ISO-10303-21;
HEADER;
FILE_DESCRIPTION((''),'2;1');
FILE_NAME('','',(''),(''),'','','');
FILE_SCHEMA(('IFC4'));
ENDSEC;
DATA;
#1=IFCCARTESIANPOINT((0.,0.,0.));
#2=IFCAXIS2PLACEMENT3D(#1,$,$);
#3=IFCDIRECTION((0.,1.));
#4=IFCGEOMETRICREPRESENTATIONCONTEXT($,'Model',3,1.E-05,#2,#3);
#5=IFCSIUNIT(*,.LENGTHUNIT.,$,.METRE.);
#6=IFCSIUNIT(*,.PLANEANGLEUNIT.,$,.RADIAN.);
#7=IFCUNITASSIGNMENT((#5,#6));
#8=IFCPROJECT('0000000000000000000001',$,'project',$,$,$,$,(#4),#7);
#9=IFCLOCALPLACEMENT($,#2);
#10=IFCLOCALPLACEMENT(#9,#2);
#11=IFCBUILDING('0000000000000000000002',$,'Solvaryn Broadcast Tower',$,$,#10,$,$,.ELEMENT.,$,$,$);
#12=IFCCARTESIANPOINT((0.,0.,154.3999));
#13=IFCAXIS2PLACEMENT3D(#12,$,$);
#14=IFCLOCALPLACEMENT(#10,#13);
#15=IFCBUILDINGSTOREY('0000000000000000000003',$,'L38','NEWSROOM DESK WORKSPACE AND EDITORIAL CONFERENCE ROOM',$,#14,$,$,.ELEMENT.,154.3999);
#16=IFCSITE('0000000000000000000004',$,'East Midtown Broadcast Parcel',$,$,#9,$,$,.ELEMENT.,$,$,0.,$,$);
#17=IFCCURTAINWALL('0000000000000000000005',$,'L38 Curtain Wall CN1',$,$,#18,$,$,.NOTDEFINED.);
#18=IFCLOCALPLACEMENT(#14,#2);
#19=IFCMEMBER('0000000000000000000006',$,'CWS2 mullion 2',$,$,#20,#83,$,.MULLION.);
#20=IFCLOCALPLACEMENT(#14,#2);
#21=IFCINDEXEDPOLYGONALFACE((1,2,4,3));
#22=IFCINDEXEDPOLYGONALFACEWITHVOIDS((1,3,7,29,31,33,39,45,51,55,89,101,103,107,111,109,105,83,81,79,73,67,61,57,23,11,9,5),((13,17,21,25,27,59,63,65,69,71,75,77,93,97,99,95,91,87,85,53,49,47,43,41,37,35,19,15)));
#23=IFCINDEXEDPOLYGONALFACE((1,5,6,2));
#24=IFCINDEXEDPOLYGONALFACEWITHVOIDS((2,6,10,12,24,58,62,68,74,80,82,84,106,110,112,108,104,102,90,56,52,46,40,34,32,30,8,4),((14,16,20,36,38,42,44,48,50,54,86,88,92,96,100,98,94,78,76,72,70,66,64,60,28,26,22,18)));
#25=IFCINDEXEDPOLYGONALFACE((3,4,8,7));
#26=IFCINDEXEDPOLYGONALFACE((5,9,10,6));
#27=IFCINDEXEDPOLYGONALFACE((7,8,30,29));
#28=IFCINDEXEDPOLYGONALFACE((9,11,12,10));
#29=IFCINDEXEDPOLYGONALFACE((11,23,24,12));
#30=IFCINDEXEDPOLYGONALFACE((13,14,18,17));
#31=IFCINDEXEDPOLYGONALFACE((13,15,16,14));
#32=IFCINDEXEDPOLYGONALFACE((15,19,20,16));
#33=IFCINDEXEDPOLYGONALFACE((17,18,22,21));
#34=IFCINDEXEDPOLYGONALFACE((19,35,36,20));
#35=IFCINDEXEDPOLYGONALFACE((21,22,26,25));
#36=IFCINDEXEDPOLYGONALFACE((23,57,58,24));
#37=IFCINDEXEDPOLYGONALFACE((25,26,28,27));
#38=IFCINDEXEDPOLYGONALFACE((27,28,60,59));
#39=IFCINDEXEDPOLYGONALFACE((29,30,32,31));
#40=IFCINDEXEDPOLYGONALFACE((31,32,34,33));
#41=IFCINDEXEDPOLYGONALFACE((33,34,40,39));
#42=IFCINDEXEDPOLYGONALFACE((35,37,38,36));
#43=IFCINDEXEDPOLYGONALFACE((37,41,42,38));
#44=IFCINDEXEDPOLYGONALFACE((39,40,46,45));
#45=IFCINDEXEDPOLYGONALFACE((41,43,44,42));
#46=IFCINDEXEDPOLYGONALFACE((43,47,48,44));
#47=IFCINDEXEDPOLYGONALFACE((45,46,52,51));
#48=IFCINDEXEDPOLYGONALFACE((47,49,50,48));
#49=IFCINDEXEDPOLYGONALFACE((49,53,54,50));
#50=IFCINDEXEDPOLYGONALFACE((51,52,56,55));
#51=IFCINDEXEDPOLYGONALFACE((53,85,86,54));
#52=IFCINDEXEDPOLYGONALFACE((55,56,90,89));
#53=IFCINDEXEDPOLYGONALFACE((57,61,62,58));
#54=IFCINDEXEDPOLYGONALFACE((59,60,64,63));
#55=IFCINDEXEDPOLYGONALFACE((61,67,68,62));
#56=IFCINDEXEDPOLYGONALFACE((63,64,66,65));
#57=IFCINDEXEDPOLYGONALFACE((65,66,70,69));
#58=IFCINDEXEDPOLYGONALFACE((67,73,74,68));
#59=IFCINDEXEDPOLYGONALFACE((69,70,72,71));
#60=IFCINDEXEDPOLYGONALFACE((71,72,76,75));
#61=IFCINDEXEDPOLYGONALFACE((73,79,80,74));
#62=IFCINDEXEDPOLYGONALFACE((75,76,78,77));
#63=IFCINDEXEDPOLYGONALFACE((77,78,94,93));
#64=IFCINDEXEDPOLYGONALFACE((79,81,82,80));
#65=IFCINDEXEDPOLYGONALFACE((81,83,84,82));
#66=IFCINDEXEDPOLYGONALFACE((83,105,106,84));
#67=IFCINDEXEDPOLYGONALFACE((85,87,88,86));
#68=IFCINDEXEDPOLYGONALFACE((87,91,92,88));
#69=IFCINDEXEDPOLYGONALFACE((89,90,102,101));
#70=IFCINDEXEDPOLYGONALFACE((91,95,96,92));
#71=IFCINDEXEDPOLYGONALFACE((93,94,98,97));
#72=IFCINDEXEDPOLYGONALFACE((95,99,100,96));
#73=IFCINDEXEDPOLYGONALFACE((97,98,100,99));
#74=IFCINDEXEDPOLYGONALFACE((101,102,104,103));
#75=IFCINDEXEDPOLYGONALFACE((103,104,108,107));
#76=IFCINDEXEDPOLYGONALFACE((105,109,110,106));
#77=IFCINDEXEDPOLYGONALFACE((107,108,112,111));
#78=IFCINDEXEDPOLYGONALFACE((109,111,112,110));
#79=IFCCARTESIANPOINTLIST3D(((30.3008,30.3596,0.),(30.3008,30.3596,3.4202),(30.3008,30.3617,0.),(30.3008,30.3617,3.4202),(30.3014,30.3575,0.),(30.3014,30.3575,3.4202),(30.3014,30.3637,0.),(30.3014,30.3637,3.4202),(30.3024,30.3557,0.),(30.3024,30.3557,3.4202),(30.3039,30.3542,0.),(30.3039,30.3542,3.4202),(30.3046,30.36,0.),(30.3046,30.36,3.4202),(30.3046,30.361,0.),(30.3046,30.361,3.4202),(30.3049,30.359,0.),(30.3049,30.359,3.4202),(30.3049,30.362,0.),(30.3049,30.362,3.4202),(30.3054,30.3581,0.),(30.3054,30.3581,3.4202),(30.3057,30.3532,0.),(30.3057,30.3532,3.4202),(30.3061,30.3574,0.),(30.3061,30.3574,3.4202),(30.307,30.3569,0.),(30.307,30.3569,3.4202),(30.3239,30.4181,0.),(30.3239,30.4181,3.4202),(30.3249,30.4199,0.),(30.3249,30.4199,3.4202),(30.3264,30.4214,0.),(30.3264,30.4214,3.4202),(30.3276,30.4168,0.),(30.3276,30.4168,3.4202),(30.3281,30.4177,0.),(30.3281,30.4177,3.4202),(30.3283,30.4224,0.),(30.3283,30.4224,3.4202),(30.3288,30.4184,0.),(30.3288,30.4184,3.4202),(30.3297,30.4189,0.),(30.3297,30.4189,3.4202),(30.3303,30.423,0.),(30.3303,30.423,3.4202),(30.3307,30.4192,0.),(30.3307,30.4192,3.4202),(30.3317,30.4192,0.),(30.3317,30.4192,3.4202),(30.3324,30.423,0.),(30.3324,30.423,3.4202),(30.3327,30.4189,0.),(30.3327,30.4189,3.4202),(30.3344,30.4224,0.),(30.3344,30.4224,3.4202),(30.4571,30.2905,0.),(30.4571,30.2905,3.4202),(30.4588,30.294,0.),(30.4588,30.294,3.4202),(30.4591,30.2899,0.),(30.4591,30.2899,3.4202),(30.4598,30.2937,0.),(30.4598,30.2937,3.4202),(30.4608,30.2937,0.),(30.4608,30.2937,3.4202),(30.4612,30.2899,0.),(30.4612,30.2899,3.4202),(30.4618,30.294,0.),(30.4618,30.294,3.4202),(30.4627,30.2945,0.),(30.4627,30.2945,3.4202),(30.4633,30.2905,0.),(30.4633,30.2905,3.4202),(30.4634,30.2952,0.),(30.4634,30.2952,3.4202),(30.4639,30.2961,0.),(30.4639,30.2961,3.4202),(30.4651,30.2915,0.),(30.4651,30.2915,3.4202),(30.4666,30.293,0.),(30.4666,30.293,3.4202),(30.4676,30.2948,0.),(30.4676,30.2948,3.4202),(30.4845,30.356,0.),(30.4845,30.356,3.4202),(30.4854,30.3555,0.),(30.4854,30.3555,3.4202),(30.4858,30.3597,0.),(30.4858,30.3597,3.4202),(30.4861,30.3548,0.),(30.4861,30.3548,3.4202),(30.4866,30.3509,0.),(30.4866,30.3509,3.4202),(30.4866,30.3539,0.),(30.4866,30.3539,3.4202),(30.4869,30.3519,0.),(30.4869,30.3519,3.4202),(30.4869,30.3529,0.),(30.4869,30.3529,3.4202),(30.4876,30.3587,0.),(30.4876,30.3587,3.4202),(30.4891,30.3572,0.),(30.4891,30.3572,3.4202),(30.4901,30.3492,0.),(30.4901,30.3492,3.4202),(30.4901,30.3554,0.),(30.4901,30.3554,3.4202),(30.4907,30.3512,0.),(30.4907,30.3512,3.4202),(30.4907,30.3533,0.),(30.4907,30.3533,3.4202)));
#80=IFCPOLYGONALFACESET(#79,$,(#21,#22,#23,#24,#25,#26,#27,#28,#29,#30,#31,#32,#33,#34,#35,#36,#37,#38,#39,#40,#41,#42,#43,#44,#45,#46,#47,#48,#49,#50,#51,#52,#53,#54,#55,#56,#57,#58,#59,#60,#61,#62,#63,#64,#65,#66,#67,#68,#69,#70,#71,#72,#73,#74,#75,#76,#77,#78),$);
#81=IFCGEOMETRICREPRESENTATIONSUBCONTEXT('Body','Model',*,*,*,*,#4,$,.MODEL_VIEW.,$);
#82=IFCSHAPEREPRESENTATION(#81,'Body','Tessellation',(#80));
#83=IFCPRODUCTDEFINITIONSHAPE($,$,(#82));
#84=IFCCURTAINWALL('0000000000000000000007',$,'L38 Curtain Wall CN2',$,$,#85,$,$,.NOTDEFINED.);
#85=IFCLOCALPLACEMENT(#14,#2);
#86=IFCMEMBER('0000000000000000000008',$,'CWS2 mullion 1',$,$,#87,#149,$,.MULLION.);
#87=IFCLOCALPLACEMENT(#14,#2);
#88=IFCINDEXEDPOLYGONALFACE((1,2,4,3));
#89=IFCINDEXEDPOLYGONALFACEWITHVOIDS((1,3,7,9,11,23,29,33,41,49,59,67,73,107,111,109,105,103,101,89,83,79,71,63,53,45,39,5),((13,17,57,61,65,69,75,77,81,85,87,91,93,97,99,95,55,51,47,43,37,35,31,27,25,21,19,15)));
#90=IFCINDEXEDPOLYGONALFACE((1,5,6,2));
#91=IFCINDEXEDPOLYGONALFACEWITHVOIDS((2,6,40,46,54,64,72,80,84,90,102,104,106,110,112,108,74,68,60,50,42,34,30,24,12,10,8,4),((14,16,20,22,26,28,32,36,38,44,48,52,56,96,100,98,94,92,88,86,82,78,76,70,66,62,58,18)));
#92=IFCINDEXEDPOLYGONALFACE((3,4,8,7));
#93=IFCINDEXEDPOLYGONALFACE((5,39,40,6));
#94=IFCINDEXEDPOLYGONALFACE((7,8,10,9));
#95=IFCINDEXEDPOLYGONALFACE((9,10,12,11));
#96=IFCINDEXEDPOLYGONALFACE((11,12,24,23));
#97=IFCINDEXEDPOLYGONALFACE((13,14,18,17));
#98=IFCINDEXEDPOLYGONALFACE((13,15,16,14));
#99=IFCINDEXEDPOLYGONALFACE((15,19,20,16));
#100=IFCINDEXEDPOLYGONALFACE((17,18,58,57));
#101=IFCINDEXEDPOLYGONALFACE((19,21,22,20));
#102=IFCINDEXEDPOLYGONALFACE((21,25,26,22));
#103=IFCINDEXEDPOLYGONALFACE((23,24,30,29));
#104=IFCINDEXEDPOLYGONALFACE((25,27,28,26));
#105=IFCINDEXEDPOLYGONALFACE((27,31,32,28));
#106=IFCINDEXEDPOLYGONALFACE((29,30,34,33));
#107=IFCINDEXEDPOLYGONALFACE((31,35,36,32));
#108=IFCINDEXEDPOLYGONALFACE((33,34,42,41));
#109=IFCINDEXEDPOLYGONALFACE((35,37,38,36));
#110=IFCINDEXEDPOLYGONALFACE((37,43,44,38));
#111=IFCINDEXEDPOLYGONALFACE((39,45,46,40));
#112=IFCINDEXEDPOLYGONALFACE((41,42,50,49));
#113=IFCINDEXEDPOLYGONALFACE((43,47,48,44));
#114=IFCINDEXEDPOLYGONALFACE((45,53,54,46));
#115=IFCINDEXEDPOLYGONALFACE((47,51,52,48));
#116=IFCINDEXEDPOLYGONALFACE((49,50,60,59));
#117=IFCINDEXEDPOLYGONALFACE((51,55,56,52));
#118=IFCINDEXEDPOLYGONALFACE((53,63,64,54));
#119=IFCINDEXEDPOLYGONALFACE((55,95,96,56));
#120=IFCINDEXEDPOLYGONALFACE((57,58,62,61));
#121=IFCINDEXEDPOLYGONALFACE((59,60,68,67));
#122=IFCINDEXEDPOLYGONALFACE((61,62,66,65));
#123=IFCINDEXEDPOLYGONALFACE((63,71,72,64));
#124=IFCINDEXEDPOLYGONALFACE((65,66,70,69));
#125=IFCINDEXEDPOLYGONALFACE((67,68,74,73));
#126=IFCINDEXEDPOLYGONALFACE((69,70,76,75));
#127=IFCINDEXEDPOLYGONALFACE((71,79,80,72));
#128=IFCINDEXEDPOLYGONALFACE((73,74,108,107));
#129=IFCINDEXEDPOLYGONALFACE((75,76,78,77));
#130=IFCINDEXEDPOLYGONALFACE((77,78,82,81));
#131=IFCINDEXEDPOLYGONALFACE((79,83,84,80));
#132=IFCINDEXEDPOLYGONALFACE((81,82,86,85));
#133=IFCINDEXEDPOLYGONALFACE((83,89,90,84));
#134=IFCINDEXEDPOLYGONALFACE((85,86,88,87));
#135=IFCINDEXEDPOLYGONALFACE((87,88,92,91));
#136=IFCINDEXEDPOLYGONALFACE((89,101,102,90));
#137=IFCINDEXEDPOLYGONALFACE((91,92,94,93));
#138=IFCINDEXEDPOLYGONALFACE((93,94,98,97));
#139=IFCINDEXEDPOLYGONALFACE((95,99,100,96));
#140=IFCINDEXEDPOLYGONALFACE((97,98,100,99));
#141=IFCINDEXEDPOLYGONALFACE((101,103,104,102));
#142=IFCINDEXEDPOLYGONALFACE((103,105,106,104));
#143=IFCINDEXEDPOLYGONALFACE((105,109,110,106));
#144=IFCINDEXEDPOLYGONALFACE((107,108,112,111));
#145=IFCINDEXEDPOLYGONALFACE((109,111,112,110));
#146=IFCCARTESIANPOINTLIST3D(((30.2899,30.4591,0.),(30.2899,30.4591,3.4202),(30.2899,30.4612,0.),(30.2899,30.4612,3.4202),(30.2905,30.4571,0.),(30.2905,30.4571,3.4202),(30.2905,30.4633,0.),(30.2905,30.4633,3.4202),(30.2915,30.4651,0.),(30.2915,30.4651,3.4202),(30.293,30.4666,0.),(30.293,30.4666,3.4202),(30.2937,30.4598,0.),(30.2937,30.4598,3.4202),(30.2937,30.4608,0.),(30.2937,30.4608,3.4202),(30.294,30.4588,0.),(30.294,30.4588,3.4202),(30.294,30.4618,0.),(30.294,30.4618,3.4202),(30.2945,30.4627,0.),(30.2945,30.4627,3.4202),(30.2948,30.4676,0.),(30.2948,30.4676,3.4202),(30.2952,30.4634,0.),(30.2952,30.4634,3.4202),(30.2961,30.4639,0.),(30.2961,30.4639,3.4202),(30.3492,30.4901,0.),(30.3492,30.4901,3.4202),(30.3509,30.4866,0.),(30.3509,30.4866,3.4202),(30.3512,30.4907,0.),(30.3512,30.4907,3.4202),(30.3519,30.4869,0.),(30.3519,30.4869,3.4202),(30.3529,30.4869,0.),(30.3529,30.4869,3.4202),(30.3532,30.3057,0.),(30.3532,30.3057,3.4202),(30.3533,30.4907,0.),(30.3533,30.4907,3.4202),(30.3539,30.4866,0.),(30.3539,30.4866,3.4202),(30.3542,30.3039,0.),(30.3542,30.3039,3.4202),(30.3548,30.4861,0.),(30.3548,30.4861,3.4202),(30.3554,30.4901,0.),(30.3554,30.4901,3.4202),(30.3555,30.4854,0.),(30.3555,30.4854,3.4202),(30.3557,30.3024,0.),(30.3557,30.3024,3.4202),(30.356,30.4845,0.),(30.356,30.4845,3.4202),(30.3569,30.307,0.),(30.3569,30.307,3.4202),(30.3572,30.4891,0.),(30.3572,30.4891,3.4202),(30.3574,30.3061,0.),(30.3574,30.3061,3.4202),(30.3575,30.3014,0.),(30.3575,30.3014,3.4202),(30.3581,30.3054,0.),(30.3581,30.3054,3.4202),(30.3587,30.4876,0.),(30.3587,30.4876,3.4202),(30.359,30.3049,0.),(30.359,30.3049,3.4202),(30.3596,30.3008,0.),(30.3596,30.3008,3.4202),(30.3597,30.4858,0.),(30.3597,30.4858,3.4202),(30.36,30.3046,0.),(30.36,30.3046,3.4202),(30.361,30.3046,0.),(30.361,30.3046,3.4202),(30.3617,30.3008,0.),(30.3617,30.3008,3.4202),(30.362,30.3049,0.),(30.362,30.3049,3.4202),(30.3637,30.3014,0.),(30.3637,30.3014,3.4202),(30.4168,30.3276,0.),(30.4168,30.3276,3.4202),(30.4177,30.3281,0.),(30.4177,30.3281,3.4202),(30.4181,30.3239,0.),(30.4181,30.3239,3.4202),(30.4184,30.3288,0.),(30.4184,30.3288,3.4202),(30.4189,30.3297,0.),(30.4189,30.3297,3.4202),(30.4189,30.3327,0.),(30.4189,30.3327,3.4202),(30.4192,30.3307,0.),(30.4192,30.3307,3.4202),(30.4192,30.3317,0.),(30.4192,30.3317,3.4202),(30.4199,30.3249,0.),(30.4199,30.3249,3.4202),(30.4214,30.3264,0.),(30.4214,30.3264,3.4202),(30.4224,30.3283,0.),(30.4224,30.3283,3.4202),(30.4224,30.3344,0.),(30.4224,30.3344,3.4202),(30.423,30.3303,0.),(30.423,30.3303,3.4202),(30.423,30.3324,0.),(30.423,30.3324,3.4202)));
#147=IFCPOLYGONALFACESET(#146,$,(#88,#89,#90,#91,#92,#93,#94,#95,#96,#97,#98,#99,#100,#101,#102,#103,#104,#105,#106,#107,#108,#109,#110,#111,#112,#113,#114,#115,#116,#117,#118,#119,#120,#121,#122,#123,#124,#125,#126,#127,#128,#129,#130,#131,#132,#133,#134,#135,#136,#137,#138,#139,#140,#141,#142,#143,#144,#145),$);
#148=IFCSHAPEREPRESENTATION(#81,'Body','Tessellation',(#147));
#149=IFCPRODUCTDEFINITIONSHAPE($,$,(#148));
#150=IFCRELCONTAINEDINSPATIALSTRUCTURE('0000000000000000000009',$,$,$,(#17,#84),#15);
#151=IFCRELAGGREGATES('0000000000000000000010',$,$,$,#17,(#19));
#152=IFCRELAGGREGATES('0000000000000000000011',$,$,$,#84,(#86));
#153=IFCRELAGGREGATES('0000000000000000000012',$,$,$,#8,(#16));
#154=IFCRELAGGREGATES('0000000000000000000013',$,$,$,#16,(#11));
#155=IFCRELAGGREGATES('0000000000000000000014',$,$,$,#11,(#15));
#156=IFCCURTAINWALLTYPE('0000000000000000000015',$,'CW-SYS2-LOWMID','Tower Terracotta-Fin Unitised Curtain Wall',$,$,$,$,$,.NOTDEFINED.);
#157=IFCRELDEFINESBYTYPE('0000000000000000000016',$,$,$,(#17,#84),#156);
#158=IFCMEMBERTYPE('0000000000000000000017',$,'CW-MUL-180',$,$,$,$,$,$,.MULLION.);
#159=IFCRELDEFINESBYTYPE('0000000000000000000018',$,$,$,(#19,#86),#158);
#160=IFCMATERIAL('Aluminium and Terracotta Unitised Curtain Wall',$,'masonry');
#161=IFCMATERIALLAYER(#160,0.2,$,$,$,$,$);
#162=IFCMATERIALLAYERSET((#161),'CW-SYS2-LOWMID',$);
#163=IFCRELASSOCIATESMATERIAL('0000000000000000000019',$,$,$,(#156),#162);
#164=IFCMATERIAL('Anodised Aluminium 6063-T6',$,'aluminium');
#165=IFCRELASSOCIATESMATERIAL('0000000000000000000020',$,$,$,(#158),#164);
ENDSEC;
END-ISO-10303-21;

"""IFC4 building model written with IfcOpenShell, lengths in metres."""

from ifc_helpers import new_model, si_unit, direction, frame, origin, origin_2d, place, context, subcontext, project, spatial, hollow_rectangle, extrude, material, layer, layer_set, material_profile, profile_set, type_object, element, aggregate, save


model = new_model("IFC4")

# Units and contexts
model_context = context("Model", 3, precision=1e-05, world=origin(), true_north=direction((0.0, 1.0)))
body_context = subcontext(model_context, "Body", "Model", "MODEL_VIEW")
ifc_project = project(units=[si_unit("LENGTHUNIT", "METRE"), si_unit("PLANEANGLEUNIT", "RADIAN")], contexts=[model_context])

# Site, building, storey
site_placement = place(None, origin())
site = spatial("IfcSite", under=ifc_project, at=site_placement, Name="East Midtown Broadcast Parcel", CompositionType="ELEMENT", RefElevation=0.0)
building_placement = place(site_placement, origin())
building = spatial("IfcBuilding", under=site, at=building_placement, Name="Solvaryn Broadcast Tower", CompositionType="ELEMENT")
storey_placement = place(building_placement, frame((0.0, 0.0, 154.3999)))
storey = spatial("IfcBuildingStorey", under=building, at=storey_placement, Name="L38", Description="NEWSROOM DESK WORKSPACE AND EDITORIAL CONFERENCE ROOM", CompositionType="ELEMENT", Elevation=154.3999)

# Curtain wall, member
ifc_material_1 = material(Name="Aluminium and Terracotta Unitised Curtain Wall", Category="masonry")
ifc_layer_1 = layer(ifc_material_1, 0.2)
ifc_layer_set_1 = layer_set([ifc_layer_1], Name="CW-SYS2-LOWMID")
curtain_wall_type = type_object("IfcCurtainWallType", Name="CW-SYS2-LOWMID", Description="Tower Terracotta-Fin Unitised Curtain Wall", PredefinedType="NOTDEFINED", material=ifc_layer_set_1)
curtain_wall_1_placement = place(storey_placement, origin())
curtain_wall_1 = element("IfcCurtainWall", 1, at=curtain_wall_1_placement, inside=storey, type_object=curtain_wall_type, Name="L38 Curtain Wall CN1", PredefinedType="NOTDEFINED")
ifc_material_2 = material(Name="Anodised Aluminium 6063-T6", Category="aluminium")
ifc_material_profile_1 = material_profile(ifc_material_2, hollow_rectangle(XDim=0.075, YDim=0.1799, WallThickness=0.0039, InnerFilletRadius=0.0039, OuterFilletRadius=0.0081, at=origin_2d()))
ifc_profile_set_1 = profile_set([ifc_material_profile_1], Name="Anodised Aluminium 6063-T6")
member_type_1 = type_object("IfcMemberType", Name="CW-MUL-180", PredefinedType="MULLION", material=ifc_profile_set_1)
member_1_placement = place(storey_placement, frame((30.3958, 30.3564, 0.0), z_axis=(0.0, 0.0, 1.0), x_axis=(-0.382646, -0.923895, 0.0)))
member_1 = element("IfcMember", 2, at=member_1_placement, type_object=member_type_1, Name="CWS2 mullion 2", PredefinedType="MULLION", context=body_context, shape_type="SweptSolid", body=[
    extrude(hollow_rectangle(XDim=0.075, YDim=0.1799, WallThickness=0.0039, InnerFilletRadius=0.0039, OuterFilletRadius=0.0081, at=origin_2d()), origin(), (0.0, 0.0, 1.0), 3.4202),
])
aggregate(curtain_wall_1, [member_1])

# Curtain wall, member
curtain_wall_2_placement = place(storey_placement, origin())
curtain_wall_2 = element("IfcCurtainWall", 3, at=curtain_wall_2_placement, inside=storey, type_object=curtain_wall_type, Name="L38 Curtain Wall CN2", PredefinedType="NOTDEFINED")
member_2_placement = place(storey_placement, frame((30.3564, 30.3958, 0.0), z_axis=(0.0, 0.0, 1.0), x_axis=(-0.923895, -0.382646, 0.0)))
member_2 = element("IfcMember", 4, at=member_2_placement, type_object=member_type_1, Name="CWS2 mullion 1", PredefinedType="MULLION", context=body_context, shape_type="SweptSolid", body=[
    extrude(hollow_rectangle(XDim=0.075, YDim=0.1799, WallThickness=0.0039, InnerFilletRadius=0.0039, OuterFilletRadius=0.0081, at=origin_2d()), origin(), (0.0, 0.0, 1.0), 3.4202),
])
aggregate(curtain_wall_2, [member_2])

save(model, "model.ifc")
